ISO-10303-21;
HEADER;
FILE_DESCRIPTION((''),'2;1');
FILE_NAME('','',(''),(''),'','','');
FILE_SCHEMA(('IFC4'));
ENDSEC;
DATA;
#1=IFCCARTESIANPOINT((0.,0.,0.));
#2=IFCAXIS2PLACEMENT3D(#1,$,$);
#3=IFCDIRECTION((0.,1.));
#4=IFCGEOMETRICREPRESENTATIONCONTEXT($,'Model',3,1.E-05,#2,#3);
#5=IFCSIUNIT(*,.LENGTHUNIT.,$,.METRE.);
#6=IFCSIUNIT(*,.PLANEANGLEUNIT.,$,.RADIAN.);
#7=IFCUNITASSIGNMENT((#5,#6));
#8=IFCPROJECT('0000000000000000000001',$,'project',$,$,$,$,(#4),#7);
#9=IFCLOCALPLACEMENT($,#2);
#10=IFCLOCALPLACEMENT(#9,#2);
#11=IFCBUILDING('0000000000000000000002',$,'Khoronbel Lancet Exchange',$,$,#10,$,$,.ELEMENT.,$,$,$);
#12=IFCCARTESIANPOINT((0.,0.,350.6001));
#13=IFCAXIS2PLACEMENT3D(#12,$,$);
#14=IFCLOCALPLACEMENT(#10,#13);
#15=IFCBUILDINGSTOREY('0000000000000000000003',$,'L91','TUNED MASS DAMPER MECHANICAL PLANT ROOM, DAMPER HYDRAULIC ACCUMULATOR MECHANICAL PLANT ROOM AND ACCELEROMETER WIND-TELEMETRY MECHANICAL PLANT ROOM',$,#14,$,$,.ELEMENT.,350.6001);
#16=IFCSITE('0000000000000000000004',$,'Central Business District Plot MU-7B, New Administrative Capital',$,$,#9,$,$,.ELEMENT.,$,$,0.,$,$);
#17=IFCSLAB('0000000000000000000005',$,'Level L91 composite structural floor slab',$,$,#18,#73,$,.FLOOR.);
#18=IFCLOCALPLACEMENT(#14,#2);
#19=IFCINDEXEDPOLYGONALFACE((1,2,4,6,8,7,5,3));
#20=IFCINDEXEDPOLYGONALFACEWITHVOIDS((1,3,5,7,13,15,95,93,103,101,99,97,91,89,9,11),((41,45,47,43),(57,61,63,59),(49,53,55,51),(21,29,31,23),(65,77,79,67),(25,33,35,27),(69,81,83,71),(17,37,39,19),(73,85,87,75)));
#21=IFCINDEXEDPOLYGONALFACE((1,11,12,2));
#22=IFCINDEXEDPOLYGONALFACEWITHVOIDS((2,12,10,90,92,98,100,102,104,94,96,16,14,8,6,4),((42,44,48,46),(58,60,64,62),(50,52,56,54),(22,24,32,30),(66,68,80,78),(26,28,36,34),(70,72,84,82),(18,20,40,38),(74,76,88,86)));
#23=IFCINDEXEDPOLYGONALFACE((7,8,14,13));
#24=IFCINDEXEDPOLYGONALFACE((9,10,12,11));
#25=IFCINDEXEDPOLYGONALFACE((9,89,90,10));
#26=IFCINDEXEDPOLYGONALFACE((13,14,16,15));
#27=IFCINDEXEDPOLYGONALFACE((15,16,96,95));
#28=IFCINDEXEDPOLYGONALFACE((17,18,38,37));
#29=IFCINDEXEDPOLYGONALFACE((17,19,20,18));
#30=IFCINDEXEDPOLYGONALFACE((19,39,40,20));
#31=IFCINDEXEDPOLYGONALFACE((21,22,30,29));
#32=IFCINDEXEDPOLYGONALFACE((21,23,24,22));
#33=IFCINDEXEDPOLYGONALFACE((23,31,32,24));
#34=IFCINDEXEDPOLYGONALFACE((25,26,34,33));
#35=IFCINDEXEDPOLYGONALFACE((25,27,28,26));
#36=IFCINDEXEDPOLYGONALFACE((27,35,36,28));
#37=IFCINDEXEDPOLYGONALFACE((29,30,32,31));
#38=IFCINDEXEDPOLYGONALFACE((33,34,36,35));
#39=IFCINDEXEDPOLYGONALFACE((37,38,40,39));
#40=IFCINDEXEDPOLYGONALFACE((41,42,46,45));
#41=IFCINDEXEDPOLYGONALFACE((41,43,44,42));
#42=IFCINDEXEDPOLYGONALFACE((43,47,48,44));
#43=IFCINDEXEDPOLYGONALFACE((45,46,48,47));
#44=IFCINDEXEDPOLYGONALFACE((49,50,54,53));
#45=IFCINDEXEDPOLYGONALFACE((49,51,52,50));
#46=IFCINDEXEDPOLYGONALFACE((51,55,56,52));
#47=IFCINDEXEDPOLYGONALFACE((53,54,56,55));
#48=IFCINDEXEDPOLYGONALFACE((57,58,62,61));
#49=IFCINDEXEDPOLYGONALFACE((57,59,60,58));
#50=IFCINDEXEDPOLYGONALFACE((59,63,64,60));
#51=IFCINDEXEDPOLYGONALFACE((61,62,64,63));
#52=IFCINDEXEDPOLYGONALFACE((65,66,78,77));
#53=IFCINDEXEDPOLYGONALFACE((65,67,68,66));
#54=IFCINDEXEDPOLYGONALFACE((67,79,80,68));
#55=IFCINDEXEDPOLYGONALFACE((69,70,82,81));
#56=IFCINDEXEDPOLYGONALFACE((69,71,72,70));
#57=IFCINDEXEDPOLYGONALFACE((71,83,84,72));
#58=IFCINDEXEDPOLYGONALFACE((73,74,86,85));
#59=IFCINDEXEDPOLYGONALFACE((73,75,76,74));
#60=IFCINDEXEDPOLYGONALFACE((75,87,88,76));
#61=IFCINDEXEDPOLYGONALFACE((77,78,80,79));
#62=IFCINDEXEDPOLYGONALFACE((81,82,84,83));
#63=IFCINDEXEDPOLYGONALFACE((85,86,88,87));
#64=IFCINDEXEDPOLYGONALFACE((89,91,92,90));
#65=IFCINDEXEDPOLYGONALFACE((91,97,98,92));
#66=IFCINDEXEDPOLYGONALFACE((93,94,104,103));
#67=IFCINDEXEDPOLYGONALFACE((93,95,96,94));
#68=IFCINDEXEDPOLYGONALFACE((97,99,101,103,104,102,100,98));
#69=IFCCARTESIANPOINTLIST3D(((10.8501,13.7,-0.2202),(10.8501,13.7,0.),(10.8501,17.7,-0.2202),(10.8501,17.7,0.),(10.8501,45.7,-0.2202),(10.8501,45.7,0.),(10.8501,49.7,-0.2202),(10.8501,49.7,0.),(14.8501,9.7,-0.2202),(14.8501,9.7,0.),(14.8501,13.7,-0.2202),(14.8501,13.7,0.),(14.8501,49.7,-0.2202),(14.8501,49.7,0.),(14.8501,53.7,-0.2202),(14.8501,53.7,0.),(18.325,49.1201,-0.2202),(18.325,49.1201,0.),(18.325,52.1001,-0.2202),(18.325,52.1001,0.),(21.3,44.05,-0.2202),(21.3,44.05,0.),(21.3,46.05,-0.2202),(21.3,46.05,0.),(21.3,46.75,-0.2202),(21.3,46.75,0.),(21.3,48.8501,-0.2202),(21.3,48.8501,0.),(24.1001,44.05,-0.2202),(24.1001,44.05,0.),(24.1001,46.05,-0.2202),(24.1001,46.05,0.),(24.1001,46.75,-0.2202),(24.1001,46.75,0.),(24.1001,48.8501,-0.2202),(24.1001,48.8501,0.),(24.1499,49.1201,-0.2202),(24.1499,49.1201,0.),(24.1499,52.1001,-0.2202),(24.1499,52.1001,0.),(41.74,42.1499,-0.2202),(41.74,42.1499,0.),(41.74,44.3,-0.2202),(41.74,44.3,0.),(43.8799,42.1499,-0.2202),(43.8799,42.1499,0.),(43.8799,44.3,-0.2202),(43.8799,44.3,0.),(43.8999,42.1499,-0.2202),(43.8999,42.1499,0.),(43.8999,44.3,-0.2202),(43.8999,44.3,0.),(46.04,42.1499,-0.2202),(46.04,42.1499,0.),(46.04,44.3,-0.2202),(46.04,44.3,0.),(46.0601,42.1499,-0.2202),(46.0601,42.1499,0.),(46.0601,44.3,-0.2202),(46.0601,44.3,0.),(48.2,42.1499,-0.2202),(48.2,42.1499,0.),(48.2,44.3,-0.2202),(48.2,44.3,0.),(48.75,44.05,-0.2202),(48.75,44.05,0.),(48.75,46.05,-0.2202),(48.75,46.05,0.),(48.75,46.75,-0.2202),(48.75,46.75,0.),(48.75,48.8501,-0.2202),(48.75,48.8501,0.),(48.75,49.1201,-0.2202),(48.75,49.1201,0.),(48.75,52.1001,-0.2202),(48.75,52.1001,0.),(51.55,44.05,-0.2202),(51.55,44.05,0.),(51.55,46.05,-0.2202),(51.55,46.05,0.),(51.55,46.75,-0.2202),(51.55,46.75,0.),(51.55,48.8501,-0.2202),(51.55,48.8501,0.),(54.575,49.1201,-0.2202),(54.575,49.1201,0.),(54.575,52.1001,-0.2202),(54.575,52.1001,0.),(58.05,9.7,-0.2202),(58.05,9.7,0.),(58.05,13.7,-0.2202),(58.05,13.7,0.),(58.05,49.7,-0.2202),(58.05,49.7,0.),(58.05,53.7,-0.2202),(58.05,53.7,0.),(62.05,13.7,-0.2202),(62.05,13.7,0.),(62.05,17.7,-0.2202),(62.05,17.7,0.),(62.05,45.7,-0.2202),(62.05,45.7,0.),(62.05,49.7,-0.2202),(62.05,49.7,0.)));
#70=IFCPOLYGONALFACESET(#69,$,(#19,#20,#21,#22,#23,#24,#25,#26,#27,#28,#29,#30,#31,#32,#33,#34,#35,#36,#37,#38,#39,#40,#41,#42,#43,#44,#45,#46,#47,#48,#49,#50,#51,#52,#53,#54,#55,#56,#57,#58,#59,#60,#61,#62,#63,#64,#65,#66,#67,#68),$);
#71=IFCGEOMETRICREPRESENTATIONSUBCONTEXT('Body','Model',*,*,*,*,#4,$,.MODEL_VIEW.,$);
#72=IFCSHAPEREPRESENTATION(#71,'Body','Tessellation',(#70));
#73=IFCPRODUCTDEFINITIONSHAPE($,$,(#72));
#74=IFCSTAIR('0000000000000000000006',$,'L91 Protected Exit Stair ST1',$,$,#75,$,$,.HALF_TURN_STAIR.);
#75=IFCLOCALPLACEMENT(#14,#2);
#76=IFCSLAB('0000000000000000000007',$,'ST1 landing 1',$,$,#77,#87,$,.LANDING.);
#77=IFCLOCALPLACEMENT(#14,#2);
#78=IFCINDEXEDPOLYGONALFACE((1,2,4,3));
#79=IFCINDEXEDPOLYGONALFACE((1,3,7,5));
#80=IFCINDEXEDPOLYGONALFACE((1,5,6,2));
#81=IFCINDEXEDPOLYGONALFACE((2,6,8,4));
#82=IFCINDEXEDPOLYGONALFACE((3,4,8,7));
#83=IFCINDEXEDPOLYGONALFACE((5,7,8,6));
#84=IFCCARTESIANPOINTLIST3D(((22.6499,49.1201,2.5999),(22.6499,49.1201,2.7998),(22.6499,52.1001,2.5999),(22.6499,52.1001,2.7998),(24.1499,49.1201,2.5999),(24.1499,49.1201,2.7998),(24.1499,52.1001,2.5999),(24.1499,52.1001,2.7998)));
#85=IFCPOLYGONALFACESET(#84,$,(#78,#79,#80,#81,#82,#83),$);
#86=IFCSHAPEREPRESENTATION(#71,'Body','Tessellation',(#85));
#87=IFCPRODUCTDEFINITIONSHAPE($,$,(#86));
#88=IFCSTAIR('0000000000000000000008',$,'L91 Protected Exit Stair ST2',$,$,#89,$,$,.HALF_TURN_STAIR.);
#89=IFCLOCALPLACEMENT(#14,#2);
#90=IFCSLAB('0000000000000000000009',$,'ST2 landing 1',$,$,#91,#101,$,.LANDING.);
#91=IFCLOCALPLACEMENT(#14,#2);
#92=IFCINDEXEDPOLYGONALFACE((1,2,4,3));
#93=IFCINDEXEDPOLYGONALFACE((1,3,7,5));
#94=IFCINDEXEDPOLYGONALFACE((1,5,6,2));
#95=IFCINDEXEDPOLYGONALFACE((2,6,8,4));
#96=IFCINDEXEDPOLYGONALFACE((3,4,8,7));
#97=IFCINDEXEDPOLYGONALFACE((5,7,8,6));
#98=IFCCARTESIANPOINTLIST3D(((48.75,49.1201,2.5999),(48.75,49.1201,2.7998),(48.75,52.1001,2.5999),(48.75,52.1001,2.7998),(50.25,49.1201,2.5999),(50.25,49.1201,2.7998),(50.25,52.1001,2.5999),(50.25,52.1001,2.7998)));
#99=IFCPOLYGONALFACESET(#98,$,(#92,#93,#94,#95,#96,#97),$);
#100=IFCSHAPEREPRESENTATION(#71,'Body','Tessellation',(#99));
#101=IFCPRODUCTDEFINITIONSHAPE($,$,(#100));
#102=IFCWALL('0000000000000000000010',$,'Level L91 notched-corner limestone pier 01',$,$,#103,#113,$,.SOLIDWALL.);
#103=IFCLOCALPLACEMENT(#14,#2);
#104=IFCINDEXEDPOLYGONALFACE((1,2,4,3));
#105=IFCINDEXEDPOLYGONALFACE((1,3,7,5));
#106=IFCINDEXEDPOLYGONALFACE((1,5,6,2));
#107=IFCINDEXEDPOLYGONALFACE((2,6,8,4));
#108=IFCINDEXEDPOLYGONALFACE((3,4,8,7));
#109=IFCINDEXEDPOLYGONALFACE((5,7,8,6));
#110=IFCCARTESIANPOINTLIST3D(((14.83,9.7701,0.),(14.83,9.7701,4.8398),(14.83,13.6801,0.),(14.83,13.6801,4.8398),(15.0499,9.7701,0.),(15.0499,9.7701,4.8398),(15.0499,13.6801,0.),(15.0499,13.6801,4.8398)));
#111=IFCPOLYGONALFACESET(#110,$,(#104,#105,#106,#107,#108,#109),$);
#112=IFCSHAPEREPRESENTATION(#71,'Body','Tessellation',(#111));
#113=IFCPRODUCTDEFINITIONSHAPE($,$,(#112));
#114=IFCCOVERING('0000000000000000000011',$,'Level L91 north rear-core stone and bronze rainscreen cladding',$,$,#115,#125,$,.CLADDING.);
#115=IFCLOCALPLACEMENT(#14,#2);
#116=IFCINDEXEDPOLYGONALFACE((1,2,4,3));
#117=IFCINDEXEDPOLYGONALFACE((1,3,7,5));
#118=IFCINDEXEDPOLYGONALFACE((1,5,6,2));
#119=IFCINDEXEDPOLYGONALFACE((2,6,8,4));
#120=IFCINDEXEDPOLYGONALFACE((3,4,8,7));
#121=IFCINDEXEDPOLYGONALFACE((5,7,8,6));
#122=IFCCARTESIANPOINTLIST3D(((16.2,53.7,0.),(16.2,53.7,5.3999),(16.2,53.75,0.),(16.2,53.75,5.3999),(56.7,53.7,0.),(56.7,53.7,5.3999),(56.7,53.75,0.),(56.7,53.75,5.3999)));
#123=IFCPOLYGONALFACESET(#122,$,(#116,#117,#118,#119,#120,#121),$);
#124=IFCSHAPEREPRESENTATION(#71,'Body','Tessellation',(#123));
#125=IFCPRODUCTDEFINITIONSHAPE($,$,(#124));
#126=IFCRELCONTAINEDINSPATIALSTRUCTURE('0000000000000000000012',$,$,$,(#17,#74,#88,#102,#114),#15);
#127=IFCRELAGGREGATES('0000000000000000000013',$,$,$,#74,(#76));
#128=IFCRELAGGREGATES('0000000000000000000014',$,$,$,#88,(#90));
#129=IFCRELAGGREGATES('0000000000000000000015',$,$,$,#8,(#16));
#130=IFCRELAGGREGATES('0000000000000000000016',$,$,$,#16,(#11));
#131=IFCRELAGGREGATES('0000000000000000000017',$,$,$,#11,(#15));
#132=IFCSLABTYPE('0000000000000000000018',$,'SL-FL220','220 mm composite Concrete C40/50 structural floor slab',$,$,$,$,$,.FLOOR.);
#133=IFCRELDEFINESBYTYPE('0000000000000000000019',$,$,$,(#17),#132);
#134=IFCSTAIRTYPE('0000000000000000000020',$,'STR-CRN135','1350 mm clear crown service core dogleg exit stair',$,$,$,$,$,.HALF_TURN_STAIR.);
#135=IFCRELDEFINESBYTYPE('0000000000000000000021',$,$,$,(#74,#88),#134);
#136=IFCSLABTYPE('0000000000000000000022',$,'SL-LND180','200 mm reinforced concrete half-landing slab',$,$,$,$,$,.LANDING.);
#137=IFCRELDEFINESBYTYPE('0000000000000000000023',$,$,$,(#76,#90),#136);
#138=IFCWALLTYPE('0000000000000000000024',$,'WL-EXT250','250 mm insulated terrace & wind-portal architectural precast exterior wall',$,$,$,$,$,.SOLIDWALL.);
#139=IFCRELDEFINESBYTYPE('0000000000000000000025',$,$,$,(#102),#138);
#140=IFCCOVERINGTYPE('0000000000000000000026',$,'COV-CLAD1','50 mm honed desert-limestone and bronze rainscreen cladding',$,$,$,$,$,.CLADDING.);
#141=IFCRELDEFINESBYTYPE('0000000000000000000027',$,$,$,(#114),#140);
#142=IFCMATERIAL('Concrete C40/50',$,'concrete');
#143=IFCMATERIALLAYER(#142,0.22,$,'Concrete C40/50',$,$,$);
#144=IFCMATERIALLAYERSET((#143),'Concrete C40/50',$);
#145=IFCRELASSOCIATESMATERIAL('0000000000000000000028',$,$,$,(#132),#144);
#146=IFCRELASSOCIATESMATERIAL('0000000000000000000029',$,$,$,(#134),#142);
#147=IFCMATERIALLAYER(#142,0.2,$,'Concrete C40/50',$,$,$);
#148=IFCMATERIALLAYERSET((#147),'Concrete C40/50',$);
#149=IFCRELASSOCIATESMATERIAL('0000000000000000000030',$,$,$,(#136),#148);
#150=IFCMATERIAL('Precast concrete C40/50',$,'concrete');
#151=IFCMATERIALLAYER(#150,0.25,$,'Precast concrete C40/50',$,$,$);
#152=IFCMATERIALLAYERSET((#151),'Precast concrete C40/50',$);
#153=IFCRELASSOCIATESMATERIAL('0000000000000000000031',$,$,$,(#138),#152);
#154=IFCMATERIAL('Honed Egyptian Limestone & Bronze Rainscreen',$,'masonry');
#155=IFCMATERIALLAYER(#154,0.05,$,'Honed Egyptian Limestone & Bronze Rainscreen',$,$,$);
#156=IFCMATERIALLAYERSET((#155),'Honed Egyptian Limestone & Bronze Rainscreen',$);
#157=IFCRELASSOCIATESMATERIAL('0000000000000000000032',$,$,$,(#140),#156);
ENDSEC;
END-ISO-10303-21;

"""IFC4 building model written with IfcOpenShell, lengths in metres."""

from ifc_helpers import new_model, si_unit, direction, frame, frame_2d, origin, place, context, subcontext, project, spatial, polyline, rectangle, outline, extrude, material, layer, layer_set, type_object, element, aggregate, save


model = new_model("IFC4")

# Units and contexts
model_context = context("Model", 3, precision=1e-05, world=origin(), true_north=direction((0.0, 1.0)))
body_context = subcontext(model_context, "Body", "Model", "MODEL_VIEW")
ifc_project = project(units=[si_unit("LENGTHUNIT", "METRE"), si_unit("PLANEANGLEUNIT", "RADIAN")], contexts=[model_context])

# Site, building, storey
site_placement = place(None, origin())
site = spatial("IfcSite", under=ifc_project, at=site_placement, Name="Central Business District Plot MU-7B, New Administrative Capital", CompositionType="ELEMENT", RefElevation=0.0)
building_placement = place(site_placement, origin())
building = spatial("IfcBuilding", under=site, at=building_placement, Name="Khoronbel Lancet Exchange", CompositionType="ELEMENT")
storey_placement = place(building_placement, frame((0.0, 0.0, 350.6001)))
storey = spatial("IfcBuildingStorey", under=building, at=storey_placement, Name="L91", Description="TUNED MASS DAMPER MECHANICAL PLANT ROOM, DAMPER HYDRAULIC ACCUMULATOR MECHANICAL PLANT ROOM AND ACCELEROMETER WIND-TELEMETRY MECHANICAL PLANT ROOM", CompositionType="ELEMENT", Elevation=350.6001)

# Slab
ifc_material_1 = material(Name="Concrete C40/50", Category="concrete")
ifc_layer_1 = layer(ifc_material_1, 0.22, Name="Concrete C40/50")
ifc_layer_set_1 = layer_set([ifc_layer_1], Name="Concrete C40/50")
slab_type_1 = type_object("IfcSlabType", Name="SL-FL220", Description="220 mm composite Concrete C40/50 structural floor slab", PredefinedType="FLOOR", material=ifc_layer_set_1)
slab_1_placement = place(storey_placement, frame((0.0, 0.0, -0.2202)))
element("IfcSlab", 1, at=slab_1_placement, inside=storey, type_object=slab_type_1, Name="Level L91 composite structural floor slab", PredefinedType="FLOOR", context=body_context, shape_type="SweptSolid", body=[
    extrude(outline(polyline([(14.8501, 9.7), (58.05, 9.7), (58.05, 13.7), (62.05, 13.7), (62.05, 17.7), (62.05, 45.7), (62.05, 49.7), (58.05, 49.7), (58.05, 53.7), (14.8501, 53.7), (14.8501, 49.7), (10.8501, 49.7), (10.8501, 45.7), (10.8501, 17.7), (10.8501, 13.7), (14.8501, 13.7), (14.8501, 9.7)]), holes=[polyline([(18.325, 49.1201), (24.1499, 49.1201), (24.1499, 52.1001), (18.325, 52.1001), (18.325, 49.1201)]), polyline([(48.75, 49.1201), (54.575, 49.1201), (54.575, 52.1001), (48.75, 52.1001), (48.75, 49.1201)]), polyline([(41.74, 42.1499), (43.8799, 42.1499), (43.8799, 44.3), (41.74, 44.3), (41.74, 42.1499)]), polyline([(43.8999, 42.1499), (46.04, 42.1499), (46.04, 44.3), (43.8999, 44.3), (43.8999, 42.1499)]), polyline([(46.0601, 42.1499), (48.2, 42.1499), (48.2, 44.3), (46.0601, 44.3), (46.0601, 42.1499)]), polyline([(21.3, 46.75), (24.1001, 46.75), (24.1001, 48.8501), (21.3, 48.8501), (21.3, 46.75)]), polyline([(48.75, 46.75), (51.55, 46.75), (51.55, 48.8501), (48.75, 48.8501), (48.75, 46.75)]), polyline([(21.3, 44.05), (24.1001, 44.05), (24.1001, 46.05), (21.3, 46.05), (21.3, 44.05)]), polyline([(48.75, 44.05), (51.55, 44.05), (51.55, 46.05), (48.75, 46.05), (48.75, 44.05)])]), origin(), (0.0, 0.0, 1.0), 0.2202),
])

# Stairs, slabs
stair_type = type_object("IfcStairType", Name="STR-CRN135", Description="1350 mm clear crown service core dogleg exit stair", PredefinedType="HALF_TURN_STAIR", material=ifc_material_1)
stair_1_placement = place(storey_placement, origin())
stair_1 = element("IfcStair", 2, at=stair_1_placement, inside=storey, type_object=stair_type, Name="L91 Protected Exit Stair ST1", PredefinedType="HALF_TURN_STAIR")
ifc_layer_2 = layer(ifc_material_1, 0.2, Name="Concrete C40/50")
ifc_layer_set_2 = layer_set([ifc_layer_2], Name="Concrete C40/50")
slab_type_2 = type_object("IfcSlabType", Name="SL-LND180", Description="200 mm reinforced concrete half-landing slab", PredefinedType="LANDING", material=ifc_layer_set_2)
slab_2_placement = place(storey_placement, frame((0.0, 0.0, 2.5999)))
slab_2 = element("IfcSlab", 3, at=slab_2_placement, type_object=slab_type_2, Name="ST1 landing 1", PredefinedType="LANDING", context=body_context, shape_type="SweptSolid", body=[
    extrude(outline(polyline([(22.6499, 49.1201), (24.1499, 49.1201), (24.1499, 52.1001), (22.6499, 52.1001), (22.6499, 49.1201)])), origin(), (0.0, 0.0, 1.0), 0.2),
])
aggregate(stair_1, [slab_2])
stair_2_placement = place(storey_placement, origin())
stair_2 = element("IfcStair", 4, at=stair_2_placement, inside=storey, type_object=stair_type, Name="L91 Protected Exit Stair ST2", PredefinedType="HALF_TURN_STAIR")
slab_3_placement = place(storey_placement, frame((0.0, 0.0, 2.5999)))
slab_3 = element("IfcSlab", 5, at=slab_3_placement, type_object=slab_type_2, Name="ST2 landing 1", PredefinedType="LANDING", context=body_context, shape_type="SweptSolid", body=[
    extrude(outline(polyline([(50.25, 52.1001), (48.75, 52.1001), (48.75, 49.1201), (50.25, 49.1201), (50.25, 52.1001)])), origin(), (0.0, 0.0, 1.0), 0.2),
])
aggregate(stair_2, [slab_3])

# Wall
ifc_material_2 = material(Name="Precast concrete C40/50", Category="concrete")
ifc_layer_3 = layer(ifc_material_2, 0.25, Name="Precast concrete C40/50")
ifc_layer_set_3 = layer_set([ifc_layer_3], Name="Precast concrete C40/50")
wall_type = type_object("IfcWallType", Name="WL-EXT250", Description="250 mm insulated terrace & wind-portal architectural precast exterior wall", PredefinedType="SOLIDWALL", material=ifc_layer_set_3)
wall_placement = place(storey_placement, frame((14.9399, 9.77, 0.0), z_axis=(0.0, 0.0, 1.0), x_axis=(0.0, 1.0, 0.0)))
element("IfcWall", 6, at=wall_placement, inside=storey, type_object=wall_type, Name="Level L91 notched-corner limestone pier 01", PredefinedType="SOLIDWALL", context=body_context, shape_type="SweptSolid", body=[
    extrude(rectangle(XDim=3.9099, YDim=0.22, at=frame_2d((1.9551, 0.0))), origin(), (0.0, 0.0, 1.0), 4.8398),
])

# Covering
ifc_material_3 = material(Name="Honed Egyptian Limestone & Bronze Rainscreen", Category="masonry")
ifc_layer_4 = layer(ifc_material_3, 0.05, Name="Honed Egyptian Limestone & Bronze Rainscreen")
ifc_layer_set_4 = layer_set([ifc_layer_4], Name="Honed Egyptian Limestone & Bronze Rainscreen")
covering_type = type_object("IfcCoveringType", Name="COV-CLAD1", Description="50 mm honed desert-limestone and bronze rainscreen cladding", PredefinedType="CLADDING", material=ifc_layer_set_4)
covering_placement = place(storey_placement, origin())
element("IfcCovering", 7, at=covering_placement, inside=storey, type_object=covering_type, Name="Level L91 north rear-core stone and bronze rainscreen cladding", PredefinedType="CLADDING", context=body_context, shape_type="SweptSolid", body=[
    extrude(outline(polyline([(16.2, 53.7), (56.7, 53.7), (56.7, 53.75), (16.2, 53.75), (16.2, 53.7)])), origin(), (0.0, 0.0, 1.0), 5.3999),
])

save(model, "model.ifc")
